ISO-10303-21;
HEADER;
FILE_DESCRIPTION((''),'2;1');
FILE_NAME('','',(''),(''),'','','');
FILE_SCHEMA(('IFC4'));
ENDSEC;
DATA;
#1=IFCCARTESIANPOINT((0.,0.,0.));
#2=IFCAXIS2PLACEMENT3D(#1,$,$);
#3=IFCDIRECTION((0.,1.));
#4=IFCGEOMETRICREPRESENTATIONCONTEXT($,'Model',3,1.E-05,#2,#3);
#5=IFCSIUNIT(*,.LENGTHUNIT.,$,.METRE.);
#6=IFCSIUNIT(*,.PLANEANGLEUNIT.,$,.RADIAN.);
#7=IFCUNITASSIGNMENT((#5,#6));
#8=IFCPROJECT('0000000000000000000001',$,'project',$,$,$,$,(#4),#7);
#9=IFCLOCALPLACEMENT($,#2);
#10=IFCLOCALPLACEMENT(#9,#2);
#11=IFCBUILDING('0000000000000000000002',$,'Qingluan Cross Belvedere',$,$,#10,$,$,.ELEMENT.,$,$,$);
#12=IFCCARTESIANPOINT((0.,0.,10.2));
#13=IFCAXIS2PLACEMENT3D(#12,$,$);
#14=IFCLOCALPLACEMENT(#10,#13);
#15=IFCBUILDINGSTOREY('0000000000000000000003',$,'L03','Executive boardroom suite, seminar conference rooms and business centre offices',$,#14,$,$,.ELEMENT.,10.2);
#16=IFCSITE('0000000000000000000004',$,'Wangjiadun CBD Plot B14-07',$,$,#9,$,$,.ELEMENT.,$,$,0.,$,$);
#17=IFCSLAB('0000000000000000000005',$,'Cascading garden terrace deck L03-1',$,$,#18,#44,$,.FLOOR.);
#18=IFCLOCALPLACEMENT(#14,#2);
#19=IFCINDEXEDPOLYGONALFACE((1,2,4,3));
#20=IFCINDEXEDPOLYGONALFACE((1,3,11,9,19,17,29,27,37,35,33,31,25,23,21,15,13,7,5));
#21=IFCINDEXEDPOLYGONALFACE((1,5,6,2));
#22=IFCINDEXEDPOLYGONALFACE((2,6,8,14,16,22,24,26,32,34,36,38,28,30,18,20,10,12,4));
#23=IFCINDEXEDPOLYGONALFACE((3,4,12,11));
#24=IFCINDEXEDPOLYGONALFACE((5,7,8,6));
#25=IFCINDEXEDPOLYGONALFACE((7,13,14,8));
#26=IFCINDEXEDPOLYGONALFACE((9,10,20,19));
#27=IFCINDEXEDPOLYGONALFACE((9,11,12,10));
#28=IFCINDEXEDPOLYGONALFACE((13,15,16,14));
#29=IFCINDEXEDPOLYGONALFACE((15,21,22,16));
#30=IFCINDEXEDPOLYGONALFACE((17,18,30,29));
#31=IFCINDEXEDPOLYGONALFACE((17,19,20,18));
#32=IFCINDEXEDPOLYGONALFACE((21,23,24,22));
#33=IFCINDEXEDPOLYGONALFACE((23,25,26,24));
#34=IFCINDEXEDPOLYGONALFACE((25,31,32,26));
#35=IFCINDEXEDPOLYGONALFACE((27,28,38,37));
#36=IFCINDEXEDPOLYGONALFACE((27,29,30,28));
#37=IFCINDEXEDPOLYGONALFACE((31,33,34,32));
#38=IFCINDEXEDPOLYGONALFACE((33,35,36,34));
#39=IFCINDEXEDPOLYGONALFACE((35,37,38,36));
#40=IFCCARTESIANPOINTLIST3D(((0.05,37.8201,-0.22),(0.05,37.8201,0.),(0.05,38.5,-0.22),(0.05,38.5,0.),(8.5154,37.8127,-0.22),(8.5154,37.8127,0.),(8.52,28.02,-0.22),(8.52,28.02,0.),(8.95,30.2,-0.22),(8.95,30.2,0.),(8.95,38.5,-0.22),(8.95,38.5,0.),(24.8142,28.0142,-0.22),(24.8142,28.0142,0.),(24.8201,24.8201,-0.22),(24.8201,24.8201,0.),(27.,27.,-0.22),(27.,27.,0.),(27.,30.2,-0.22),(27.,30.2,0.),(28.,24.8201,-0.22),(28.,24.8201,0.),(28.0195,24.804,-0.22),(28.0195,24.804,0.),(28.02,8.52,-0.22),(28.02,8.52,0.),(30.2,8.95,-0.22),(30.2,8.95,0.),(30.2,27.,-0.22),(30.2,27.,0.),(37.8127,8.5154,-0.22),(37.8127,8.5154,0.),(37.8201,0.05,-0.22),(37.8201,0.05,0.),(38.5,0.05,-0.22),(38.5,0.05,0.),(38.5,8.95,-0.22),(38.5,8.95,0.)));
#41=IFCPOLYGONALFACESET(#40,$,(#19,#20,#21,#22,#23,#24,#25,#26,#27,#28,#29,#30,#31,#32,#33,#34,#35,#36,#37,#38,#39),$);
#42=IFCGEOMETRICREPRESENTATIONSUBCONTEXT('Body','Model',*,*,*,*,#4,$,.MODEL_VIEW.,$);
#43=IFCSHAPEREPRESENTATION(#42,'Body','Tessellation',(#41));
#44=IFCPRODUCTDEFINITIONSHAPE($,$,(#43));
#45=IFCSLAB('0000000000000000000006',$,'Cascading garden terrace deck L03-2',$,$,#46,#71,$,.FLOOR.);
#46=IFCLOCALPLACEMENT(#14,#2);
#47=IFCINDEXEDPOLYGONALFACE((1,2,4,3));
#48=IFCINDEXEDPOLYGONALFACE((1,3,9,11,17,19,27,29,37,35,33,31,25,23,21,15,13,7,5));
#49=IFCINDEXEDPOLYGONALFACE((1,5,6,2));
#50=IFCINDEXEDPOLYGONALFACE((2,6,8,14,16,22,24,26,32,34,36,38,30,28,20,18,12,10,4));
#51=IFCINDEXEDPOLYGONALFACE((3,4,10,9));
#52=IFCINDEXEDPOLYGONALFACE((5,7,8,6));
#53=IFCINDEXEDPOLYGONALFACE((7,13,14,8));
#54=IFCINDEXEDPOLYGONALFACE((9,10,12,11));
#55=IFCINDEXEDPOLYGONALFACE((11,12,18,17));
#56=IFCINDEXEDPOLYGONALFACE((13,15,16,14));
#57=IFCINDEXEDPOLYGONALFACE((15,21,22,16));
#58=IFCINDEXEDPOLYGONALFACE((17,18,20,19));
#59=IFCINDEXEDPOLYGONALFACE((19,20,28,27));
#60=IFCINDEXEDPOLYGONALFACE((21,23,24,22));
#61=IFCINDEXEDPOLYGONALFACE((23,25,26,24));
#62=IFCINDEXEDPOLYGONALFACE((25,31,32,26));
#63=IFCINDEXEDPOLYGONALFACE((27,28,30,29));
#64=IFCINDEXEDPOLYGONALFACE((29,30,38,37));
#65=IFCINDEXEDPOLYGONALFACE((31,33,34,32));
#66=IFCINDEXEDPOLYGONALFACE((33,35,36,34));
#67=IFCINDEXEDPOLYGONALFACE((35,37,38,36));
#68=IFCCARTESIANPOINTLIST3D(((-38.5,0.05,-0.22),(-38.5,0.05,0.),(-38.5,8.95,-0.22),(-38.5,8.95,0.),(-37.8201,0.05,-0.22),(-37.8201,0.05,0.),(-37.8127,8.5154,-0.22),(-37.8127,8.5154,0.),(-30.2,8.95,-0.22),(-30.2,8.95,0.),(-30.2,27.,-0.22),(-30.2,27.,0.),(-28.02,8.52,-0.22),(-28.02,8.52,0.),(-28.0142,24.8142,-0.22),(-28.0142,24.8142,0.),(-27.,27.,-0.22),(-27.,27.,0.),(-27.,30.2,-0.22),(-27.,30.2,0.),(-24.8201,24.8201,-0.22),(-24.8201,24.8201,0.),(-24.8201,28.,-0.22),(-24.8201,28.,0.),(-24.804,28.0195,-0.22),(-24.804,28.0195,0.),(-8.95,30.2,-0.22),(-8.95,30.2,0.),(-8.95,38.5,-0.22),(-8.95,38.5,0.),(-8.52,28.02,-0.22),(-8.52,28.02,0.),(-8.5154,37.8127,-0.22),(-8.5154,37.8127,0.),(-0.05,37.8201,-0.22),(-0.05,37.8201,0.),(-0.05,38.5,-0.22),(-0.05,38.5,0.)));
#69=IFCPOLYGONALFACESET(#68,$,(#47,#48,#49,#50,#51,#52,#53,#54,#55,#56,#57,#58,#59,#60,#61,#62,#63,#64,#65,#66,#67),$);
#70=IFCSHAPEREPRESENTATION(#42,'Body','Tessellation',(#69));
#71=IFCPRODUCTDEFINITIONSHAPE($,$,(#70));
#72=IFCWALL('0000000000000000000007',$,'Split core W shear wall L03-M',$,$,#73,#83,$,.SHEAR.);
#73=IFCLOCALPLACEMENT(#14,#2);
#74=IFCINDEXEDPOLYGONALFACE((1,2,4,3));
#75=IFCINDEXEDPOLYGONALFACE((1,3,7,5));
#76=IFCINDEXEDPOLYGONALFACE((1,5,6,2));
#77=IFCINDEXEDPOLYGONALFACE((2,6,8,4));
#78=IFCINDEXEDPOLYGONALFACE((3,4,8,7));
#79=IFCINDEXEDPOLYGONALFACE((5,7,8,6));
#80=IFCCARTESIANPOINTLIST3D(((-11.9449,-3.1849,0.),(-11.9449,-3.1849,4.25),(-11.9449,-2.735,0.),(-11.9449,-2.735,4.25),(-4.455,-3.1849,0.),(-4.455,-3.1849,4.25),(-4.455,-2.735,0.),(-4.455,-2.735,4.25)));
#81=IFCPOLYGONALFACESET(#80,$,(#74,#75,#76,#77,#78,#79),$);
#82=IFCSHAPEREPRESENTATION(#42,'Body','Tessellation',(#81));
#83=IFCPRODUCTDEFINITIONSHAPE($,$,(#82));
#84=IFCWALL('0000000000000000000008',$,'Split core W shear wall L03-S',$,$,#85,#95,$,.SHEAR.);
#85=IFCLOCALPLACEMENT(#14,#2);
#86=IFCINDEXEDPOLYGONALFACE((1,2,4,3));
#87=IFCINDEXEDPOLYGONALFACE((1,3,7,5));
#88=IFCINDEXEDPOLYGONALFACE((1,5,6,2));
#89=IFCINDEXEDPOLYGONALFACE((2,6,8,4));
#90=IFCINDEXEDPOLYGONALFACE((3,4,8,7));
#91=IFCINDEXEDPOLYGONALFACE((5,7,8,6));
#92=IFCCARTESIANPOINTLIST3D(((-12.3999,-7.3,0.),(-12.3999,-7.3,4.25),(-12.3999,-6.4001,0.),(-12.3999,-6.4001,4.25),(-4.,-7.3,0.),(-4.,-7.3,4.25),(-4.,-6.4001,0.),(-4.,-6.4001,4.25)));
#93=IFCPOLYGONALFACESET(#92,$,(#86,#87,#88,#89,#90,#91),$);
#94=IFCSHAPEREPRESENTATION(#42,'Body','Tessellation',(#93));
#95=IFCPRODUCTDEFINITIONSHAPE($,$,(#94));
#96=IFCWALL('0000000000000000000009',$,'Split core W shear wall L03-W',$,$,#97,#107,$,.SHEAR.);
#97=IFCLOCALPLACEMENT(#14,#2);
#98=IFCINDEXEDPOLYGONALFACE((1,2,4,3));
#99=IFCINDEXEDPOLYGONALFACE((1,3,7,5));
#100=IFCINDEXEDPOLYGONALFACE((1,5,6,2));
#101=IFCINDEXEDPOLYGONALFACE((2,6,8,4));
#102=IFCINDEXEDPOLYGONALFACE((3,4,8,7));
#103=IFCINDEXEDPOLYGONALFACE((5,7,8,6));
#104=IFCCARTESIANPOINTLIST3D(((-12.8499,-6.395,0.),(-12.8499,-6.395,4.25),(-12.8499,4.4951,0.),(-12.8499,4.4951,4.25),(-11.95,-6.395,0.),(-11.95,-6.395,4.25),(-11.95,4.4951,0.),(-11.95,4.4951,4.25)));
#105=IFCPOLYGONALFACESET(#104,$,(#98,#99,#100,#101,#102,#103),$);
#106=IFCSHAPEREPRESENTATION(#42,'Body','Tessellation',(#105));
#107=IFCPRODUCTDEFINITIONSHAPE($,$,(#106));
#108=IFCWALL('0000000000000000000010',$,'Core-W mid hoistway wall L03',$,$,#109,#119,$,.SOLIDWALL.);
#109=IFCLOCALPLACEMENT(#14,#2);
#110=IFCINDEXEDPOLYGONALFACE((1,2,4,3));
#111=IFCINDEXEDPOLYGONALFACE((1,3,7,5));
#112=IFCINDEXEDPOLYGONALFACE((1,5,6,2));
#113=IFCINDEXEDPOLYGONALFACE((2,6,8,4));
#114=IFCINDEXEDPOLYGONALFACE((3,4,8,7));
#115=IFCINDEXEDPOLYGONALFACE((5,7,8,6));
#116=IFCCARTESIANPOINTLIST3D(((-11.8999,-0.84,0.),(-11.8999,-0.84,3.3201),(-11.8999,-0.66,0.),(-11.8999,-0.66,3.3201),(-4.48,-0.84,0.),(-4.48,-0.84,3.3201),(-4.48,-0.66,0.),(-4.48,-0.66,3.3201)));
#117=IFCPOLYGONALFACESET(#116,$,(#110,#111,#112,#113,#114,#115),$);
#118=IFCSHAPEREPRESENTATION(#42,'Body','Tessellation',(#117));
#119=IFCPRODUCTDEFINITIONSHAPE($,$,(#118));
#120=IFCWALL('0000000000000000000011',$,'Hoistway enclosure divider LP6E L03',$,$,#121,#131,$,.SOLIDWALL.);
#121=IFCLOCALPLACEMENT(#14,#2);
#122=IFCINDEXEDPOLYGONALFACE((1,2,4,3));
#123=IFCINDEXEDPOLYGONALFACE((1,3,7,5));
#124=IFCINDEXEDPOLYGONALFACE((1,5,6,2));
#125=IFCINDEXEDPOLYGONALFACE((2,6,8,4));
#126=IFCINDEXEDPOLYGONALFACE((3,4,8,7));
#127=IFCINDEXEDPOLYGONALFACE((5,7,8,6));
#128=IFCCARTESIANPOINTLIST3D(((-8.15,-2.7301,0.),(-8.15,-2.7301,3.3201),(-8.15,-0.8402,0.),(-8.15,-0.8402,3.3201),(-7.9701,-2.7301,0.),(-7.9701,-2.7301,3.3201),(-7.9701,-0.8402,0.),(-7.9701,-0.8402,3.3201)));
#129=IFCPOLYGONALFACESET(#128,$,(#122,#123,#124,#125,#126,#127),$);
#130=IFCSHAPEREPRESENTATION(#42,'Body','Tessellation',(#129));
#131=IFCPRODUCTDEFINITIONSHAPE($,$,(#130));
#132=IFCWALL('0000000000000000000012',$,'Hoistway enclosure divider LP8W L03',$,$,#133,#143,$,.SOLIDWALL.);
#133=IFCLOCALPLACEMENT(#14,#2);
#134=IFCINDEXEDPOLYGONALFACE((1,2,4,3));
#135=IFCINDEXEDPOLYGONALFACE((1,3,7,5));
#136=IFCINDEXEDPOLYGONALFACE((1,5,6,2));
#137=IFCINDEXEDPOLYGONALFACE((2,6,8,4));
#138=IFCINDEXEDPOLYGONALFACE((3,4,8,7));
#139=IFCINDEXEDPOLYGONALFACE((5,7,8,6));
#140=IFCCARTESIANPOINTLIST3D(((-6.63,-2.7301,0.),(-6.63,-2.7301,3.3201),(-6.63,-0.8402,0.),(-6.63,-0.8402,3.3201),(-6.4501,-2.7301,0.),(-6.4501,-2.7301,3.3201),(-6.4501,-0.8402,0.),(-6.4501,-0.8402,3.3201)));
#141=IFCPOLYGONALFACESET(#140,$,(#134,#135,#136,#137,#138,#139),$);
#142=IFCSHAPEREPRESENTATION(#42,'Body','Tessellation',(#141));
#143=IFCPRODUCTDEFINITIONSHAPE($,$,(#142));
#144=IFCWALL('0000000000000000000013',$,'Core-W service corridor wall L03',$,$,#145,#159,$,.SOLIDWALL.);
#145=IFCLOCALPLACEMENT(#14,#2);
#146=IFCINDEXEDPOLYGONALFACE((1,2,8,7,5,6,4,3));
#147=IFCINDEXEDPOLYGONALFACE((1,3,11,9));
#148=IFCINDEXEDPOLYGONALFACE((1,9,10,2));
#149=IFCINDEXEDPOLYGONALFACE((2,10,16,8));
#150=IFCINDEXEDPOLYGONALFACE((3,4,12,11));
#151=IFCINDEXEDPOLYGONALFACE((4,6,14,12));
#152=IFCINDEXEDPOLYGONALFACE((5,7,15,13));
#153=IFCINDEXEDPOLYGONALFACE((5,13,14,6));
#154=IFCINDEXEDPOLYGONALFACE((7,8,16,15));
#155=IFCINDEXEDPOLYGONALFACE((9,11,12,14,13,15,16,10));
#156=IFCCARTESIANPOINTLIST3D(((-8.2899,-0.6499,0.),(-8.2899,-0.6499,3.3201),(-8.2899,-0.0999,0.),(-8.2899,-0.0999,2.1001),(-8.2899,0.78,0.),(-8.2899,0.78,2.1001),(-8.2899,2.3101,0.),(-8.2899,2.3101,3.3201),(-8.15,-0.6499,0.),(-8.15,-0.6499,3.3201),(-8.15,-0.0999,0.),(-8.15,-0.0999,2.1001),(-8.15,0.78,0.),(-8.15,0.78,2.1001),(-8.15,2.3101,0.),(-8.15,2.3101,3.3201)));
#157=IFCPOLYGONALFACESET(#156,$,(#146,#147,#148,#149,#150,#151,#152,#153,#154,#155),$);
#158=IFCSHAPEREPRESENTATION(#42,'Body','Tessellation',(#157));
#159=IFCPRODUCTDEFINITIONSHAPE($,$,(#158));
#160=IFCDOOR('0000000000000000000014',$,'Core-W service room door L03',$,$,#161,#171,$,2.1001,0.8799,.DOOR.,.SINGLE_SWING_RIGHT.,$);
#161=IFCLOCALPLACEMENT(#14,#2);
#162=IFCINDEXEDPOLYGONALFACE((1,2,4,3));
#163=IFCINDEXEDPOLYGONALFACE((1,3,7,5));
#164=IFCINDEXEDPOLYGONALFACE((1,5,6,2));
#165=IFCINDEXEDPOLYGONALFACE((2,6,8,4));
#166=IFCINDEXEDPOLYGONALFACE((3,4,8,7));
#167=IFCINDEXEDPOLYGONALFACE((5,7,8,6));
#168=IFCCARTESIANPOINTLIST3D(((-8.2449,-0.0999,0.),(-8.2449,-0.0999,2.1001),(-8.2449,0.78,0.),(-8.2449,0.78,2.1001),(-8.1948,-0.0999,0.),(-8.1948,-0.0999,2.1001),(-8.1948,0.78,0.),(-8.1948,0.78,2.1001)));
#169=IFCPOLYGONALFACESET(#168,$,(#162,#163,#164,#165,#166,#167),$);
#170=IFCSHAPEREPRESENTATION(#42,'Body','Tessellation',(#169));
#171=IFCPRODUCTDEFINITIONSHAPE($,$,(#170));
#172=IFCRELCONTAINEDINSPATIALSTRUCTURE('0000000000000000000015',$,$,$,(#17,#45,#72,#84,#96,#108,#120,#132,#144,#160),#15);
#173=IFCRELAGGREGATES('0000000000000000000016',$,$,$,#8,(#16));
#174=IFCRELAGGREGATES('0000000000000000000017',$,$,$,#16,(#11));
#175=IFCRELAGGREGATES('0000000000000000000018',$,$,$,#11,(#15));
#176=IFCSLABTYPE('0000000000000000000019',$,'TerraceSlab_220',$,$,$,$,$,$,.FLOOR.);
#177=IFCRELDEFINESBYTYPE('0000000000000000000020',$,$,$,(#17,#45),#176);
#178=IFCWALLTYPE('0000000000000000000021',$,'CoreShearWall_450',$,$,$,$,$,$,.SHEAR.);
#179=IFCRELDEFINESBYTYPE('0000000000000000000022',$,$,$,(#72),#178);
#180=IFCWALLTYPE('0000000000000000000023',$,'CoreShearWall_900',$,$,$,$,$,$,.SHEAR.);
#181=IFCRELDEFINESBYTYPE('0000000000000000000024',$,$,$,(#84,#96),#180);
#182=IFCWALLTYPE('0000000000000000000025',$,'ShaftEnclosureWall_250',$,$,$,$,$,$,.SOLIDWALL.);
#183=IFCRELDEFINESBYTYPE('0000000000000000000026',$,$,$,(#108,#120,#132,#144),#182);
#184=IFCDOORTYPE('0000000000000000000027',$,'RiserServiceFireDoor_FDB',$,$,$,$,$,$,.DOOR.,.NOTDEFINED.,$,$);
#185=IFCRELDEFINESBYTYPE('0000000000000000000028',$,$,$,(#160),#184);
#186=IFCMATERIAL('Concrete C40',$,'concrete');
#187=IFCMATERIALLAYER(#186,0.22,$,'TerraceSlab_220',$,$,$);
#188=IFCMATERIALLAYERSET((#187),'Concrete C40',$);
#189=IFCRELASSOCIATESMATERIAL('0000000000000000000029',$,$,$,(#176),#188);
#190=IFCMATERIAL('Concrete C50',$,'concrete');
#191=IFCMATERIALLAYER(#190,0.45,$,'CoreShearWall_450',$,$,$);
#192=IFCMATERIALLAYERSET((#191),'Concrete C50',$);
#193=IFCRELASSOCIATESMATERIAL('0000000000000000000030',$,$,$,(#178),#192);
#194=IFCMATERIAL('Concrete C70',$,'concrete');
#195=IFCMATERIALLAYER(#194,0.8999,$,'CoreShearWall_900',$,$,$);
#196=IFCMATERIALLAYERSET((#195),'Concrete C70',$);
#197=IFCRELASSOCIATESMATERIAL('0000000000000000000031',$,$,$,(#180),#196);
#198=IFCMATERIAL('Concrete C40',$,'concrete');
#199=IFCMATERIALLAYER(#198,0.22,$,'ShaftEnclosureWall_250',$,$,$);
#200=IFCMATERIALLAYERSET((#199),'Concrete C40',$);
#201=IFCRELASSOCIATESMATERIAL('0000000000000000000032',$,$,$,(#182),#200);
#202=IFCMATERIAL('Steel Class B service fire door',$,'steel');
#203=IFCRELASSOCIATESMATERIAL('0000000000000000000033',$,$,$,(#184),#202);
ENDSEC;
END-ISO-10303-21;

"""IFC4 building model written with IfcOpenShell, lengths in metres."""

from ifc_helpers import new_model, si_unit, direction, frame, frame_2d, origin, place, context, subcontext, project, spatial, polyline, rectangle, outline, extrude, material, layer, layer_set, type_object, element, fill, save


model = new_model("IFC4")

# Units and contexts
model_context = context("Model", 3, precision=1e-05, world=origin(), true_north=direction((0.0, 1.0)))
body_context = subcontext(model_context, "Body", "Model", "MODEL_VIEW")
ifc_project = project(units=[si_unit("LENGTHUNIT", "METRE"), si_unit("PLANEANGLEUNIT", "RADIAN")], contexts=[model_context])

# Site, building, storey
site_placement = place(None, origin())
site = spatial("IfcSite", under=ifc_project, at=site_placement, Name="Wangjiadun CBD Plot B14-07", CompositionType="ELEMENT", RefElevation=0.0)
building_placement = place(site_placement, origin())
building = spatial("IfcBuilding", under=site, at=building_placement, Name="Qingluan Cross Belvedere", CompositionType="ELEMENT")
storey_placement = place(building_placement, frame((0.0, 0.0, 10.2)))
storey = spatial("IfcBuildingStorey", under=building, at=storey_placement, Name="L03", Description="Executive boardroom suite, seminar conference rooms and business centre offices", CompositionType="ELEMENT", Elevation=10.2)

# Slabs
ifc_material_1 = material(Name="Concrete C40", Category="concrete")
ifc_layer_1 = layer(ifc_material_1, 0.22, Name="TerraceSlab_220")
ifc_layer_set_1 = layer_set([ifc_layer_1], Name="Concrete C40")
slab_type_1 = type_object("IfcSlabType", Name="TerraceSlab_220", PredefinedType="FLOOR", material=ifc_layer_set_1)
slab_1_placement = place(storey_placement, frame((0.0, 0.0, -0.22)))
element("IfcSlab", 1, at=slab_1_placement, inside=storey, type_object=slab_type_1, Name="Cascading garden terrace deck L03-1", PredefinedType="FLOOR", context=body_context, shape_type="SweptSolid", body=[
    extrude(outline(polyline([(0.05, 38.5), (0.05, 37.8201), (8.5154, 37.8127), (8.52, 28.02), (24.8142, 28.0142), (24.8201, 24.8201), (28.0, 24.8201), (28.0195, 24.804), (28.02, 8.52), (37.8127, 8.5154), (37.8201, 0.05), (38.5, 0.05), (38.5, 8.95), (30.2, 8.95), (30.2, 27.0), (27.0, 27.0), (27.0, 30.2), (8.95, 30.2), (8.95, 38.5), (0.05, 38.5)])), origin(), (0.0, 0.0, 1.0), 0.22),
])
slab_2_placement = place(storey_placement, frame((0.0, 0.0, -0.22)))
element("IfcSlab", 2, at=slab_2_placement, inside=storey, type_object=slab_type_1, Name="Cascading garden terrace deck L03-2", PredefinedType="FLOOR", context=body_context, shape_type="SweptSolid", body=[
    extrude(outline(polyline([(-38.5, 0.05), (-37.8201, 0.05), (-37.8127, 8.5154), (-28.02, 8.52), (-28.0142, 24.8142), (-24.8201, 24.8201), (-24.8201, 28.0), (-24.804, 28.0195), (-8.52, 28.02), (-8.5154, 37.8127), (-0.05, 37.8201), (-0.05, 38.5), (-8.95, 38.5), (-8.95, 30.2), (-27.0, 30.2), (-27.0, 27.0), (-30.2, 27.0), (-30.2, 8.95), (-38.5, 8.95), (-38.5, 0.05)])), origin(), (0.0, 0.0, 1.0), 0.22),
])

# Walls
ifc_material_2 = material(Name="Concrete C50", Category="concrete")
ifc_layer_2 = layer(ifc_material_2, 0.45, Name="CoreShearWall_450")
ifc_layer_set_2 = layer_set([ifc_layer_2], Name="Concrete C50")
wall_type_1 = type_object("IfcWallType", Name="CoreShearWall_450", PredefinedType="SHEAR", material=ifc_layer_set_2)
wall_1_placement = place(storey_placement, frame((-11.9451, -2.96, 0.0), z_axis=(0.0, 0.0, 1.0), x_axis=(1.0, 0.0, 0.0)))
element("IfcWall", 3, at=wall_1_placement, inside=storey, type_object=wall_type_1, Name="Split core W shear wall L03-M", PredefinedType="SHEAR", context=body_context, shape_type="SweptSolid", body=[
    extrude(rectangle(XDim=7.49, YDim=0.45, at=frame_2d((3.7451, 0.0))), origin(), (0.0, 0.0, 1.0), 4.25),
])
ifc_material_3 = material(Name="Concrete C70", Category="concrete")
ifc_layer_3 = layer(ifc_material_3, 0.8999, Name="CoreShearWall_900")
ifc_layer_set_3 = layer_set([ifc_layer_3], Name="Concrete C70")
wall_type_2 = type_object("IfcWallType", Name="CoreShearWall_900", PredefinedType="SHEAR", material=ifc_layer_set_3)
wall_2_placement = place(storey_placement, frame((-12.3999, -6.8501, 0.0), z_axis=(0.0, 0.0, 1.0), x_axis=(1.0, 0.0, 0.0)))
element("IfcWall", 4, at=wall_2_placement, inside=storey, type_object=wall_type_2, Name="Split core W shear wall L03-S", PredefinedType="SHEAR", context=body_context, shape_type="SweptSolid", body=[
    extrude(rectangle(XDim=8.3999, YDim=0.8999, at=frame_2d((4.2, 0.0))), origin(), (0.0, 0.0, 1.0), 4.25),
])
wall_3_placement = place(storey_placement, frame((-12.3999, -6.395, 0.0), z_axis=(0.0, 0.0, 1.0), x_axis=(0.0, 1.0, 0.0)))
element("IfcWall", 5, at=wall_3_placement, inside=storey, type_object=wall_type_2, Name="Split core W shear wall L03-W", PredefinedType="SHEAR", context=body_context, shape_type="SweptSolid", body=[
    extrude(rectangle(XDim=10.8901, YDim=0.8999, at=frame_2d((5.4451, 0.0))), origin(), (0.0, 0.0, 1.0), 4.25),
])

# Walls
ifc_material_4 = material(Name="Concrete C40", Category="concrete")
ifc_layer_4 = layer(ifc_material_4, 0.22, Name="ShaftEnclosureWall_250")
ifc_layer_set_4 = layer_set([ifc_layer_4], Name="Concrete C40")
wall_type_3 = type_object("IfcWallType", Name="ShaftEnclosureWall_250", PredefinedType="SOLIDWALL", material=ifc_layer_set_4)
wall_4_placement = place(storey_placement, frame((-11.8999, -0.75, 0.0), z_axis=(0.0, 0.0, 1.0), x_axis=(1.0, 0.0, 0.0)))
element("IfcWall", 6, at=wall_4_placement, inside=storey, type_object=wall_type_3, Name="Core-W mid hoistway wall L03", PredefinedType="SOLIDWALL", context=body_context, shape_type="SweptSolid", body=[
    extrude(rectangle(XDim=7.4199, YDim=0.1799, at=frame_2d((3.71, 0.0))), origin(), (0.0, 0.0, 1.0), 3.3201),
])
for number, where, z_axis, x_axis, name in (
    (7, (-8.0601, -2.73, 0.0), (0.0, 0.0, 1.0), (0.0, 1.0, 0.0), "Hoistway enclosure divider LP6E L03"),
    (8, (-6.54, -2.73, 0.0), (0.0, 0.0, 1.0), (0.0, 1.0, 0.0), "Hoistway enclosure divider LP8W L03"),
):
    element("IfcWall", number, at=place(storey_placement, frame(where, z_axis=z_axis, x_axis=x_axis)), inside=storey, type_object=wall_type_3, Name=name, PredefinedType="SOLIDWALL", context=body_context, shape_type="SweptSolid", body=[
        extrude(rectangle(XDim=1.8899, YDim=0.1799, at=frame_2d((0.9448, 0.0))), origin(), (0.0, 0.0, 1.0), 3.3201),
    ])

# Wall, opening, door
wall_5_placement = place(storey_placement, frame((-8.22, -0.6499, 0.0), z_axis=(0.0, 0.0, 1.0), x_axis=(0.0, 1.0, 0.0)))
wall_5 = element("IfcWall", 9, at=wall_5_placement, inside=storey, type_object=wall_type_3, Name="Core-W service corridor wall L03", PredefinedType="SOLIDWALL", context=body_context, shape_type="SweptSolid", body=[
    extrude(rectangle(XDim=2.96, YDim=0.1399, at=frame_2d((1.48, 0.0))), origin(), (0.0, 0.0, 1.0), 3.3201),
])
opening_1_placement = place(wall_5_placement, frame((0.55, 0.0, 0.0)))
opening_1 = element("IfcOpeningElement", 10, at=opening_1_placement, cuts=wall_5, PredefinedType="OPENING", context=body_context, shape_type="SweptSolid", body=[
    extrude(rectangle(XDim=0.8799, YDim=2.1001, at=frame_2d((0.4399, 1.05))), frame((0.0, 0.0798, 0.0), z_axis=(0.0, -1.0, 0.0), x_axis=(1.0, 0.0, 0.0)), (0.0, 0.0, 1.0), 0.1599),
])
ifc_material_5 = material(Name="Steel Class B service fire door", Category="steel")
door_type_1 = type_object("IfcDoorType", Name="RiserServiceFireDoor_FDB", OperationType="NOTDEFINED", PredefinedType="DOOR", material=ifc_material_5)
door_1_placement = place(opening_1_placement, origin())
door_1 = element("IfcDoor", 11, at=door_1_placement, inside=storey, type_object=door_type_1, Name="Core-W service room door L03", OperationType="SINGLE_SWING_RIGHT", OverallHeight=2.1001, OverallWidth=0.8799, PredefinedType="DOOR", context=body_context, shape_type="SweptSolid", body=[
    extrude(rectangle(XDim=0.8799, YDim=2.1001, at=frame_2d((0.4399, 1.05))), frame((0.0, 0.0249, 0.0), z_axis=(0.0, -1.0, 0.0), x_axis=(1.0, 0.0, 0.0)), (0.0, 0.0, 1.0), 0.05),
])
fill(opening_1, door_1)

save(model, "model.ifc")
